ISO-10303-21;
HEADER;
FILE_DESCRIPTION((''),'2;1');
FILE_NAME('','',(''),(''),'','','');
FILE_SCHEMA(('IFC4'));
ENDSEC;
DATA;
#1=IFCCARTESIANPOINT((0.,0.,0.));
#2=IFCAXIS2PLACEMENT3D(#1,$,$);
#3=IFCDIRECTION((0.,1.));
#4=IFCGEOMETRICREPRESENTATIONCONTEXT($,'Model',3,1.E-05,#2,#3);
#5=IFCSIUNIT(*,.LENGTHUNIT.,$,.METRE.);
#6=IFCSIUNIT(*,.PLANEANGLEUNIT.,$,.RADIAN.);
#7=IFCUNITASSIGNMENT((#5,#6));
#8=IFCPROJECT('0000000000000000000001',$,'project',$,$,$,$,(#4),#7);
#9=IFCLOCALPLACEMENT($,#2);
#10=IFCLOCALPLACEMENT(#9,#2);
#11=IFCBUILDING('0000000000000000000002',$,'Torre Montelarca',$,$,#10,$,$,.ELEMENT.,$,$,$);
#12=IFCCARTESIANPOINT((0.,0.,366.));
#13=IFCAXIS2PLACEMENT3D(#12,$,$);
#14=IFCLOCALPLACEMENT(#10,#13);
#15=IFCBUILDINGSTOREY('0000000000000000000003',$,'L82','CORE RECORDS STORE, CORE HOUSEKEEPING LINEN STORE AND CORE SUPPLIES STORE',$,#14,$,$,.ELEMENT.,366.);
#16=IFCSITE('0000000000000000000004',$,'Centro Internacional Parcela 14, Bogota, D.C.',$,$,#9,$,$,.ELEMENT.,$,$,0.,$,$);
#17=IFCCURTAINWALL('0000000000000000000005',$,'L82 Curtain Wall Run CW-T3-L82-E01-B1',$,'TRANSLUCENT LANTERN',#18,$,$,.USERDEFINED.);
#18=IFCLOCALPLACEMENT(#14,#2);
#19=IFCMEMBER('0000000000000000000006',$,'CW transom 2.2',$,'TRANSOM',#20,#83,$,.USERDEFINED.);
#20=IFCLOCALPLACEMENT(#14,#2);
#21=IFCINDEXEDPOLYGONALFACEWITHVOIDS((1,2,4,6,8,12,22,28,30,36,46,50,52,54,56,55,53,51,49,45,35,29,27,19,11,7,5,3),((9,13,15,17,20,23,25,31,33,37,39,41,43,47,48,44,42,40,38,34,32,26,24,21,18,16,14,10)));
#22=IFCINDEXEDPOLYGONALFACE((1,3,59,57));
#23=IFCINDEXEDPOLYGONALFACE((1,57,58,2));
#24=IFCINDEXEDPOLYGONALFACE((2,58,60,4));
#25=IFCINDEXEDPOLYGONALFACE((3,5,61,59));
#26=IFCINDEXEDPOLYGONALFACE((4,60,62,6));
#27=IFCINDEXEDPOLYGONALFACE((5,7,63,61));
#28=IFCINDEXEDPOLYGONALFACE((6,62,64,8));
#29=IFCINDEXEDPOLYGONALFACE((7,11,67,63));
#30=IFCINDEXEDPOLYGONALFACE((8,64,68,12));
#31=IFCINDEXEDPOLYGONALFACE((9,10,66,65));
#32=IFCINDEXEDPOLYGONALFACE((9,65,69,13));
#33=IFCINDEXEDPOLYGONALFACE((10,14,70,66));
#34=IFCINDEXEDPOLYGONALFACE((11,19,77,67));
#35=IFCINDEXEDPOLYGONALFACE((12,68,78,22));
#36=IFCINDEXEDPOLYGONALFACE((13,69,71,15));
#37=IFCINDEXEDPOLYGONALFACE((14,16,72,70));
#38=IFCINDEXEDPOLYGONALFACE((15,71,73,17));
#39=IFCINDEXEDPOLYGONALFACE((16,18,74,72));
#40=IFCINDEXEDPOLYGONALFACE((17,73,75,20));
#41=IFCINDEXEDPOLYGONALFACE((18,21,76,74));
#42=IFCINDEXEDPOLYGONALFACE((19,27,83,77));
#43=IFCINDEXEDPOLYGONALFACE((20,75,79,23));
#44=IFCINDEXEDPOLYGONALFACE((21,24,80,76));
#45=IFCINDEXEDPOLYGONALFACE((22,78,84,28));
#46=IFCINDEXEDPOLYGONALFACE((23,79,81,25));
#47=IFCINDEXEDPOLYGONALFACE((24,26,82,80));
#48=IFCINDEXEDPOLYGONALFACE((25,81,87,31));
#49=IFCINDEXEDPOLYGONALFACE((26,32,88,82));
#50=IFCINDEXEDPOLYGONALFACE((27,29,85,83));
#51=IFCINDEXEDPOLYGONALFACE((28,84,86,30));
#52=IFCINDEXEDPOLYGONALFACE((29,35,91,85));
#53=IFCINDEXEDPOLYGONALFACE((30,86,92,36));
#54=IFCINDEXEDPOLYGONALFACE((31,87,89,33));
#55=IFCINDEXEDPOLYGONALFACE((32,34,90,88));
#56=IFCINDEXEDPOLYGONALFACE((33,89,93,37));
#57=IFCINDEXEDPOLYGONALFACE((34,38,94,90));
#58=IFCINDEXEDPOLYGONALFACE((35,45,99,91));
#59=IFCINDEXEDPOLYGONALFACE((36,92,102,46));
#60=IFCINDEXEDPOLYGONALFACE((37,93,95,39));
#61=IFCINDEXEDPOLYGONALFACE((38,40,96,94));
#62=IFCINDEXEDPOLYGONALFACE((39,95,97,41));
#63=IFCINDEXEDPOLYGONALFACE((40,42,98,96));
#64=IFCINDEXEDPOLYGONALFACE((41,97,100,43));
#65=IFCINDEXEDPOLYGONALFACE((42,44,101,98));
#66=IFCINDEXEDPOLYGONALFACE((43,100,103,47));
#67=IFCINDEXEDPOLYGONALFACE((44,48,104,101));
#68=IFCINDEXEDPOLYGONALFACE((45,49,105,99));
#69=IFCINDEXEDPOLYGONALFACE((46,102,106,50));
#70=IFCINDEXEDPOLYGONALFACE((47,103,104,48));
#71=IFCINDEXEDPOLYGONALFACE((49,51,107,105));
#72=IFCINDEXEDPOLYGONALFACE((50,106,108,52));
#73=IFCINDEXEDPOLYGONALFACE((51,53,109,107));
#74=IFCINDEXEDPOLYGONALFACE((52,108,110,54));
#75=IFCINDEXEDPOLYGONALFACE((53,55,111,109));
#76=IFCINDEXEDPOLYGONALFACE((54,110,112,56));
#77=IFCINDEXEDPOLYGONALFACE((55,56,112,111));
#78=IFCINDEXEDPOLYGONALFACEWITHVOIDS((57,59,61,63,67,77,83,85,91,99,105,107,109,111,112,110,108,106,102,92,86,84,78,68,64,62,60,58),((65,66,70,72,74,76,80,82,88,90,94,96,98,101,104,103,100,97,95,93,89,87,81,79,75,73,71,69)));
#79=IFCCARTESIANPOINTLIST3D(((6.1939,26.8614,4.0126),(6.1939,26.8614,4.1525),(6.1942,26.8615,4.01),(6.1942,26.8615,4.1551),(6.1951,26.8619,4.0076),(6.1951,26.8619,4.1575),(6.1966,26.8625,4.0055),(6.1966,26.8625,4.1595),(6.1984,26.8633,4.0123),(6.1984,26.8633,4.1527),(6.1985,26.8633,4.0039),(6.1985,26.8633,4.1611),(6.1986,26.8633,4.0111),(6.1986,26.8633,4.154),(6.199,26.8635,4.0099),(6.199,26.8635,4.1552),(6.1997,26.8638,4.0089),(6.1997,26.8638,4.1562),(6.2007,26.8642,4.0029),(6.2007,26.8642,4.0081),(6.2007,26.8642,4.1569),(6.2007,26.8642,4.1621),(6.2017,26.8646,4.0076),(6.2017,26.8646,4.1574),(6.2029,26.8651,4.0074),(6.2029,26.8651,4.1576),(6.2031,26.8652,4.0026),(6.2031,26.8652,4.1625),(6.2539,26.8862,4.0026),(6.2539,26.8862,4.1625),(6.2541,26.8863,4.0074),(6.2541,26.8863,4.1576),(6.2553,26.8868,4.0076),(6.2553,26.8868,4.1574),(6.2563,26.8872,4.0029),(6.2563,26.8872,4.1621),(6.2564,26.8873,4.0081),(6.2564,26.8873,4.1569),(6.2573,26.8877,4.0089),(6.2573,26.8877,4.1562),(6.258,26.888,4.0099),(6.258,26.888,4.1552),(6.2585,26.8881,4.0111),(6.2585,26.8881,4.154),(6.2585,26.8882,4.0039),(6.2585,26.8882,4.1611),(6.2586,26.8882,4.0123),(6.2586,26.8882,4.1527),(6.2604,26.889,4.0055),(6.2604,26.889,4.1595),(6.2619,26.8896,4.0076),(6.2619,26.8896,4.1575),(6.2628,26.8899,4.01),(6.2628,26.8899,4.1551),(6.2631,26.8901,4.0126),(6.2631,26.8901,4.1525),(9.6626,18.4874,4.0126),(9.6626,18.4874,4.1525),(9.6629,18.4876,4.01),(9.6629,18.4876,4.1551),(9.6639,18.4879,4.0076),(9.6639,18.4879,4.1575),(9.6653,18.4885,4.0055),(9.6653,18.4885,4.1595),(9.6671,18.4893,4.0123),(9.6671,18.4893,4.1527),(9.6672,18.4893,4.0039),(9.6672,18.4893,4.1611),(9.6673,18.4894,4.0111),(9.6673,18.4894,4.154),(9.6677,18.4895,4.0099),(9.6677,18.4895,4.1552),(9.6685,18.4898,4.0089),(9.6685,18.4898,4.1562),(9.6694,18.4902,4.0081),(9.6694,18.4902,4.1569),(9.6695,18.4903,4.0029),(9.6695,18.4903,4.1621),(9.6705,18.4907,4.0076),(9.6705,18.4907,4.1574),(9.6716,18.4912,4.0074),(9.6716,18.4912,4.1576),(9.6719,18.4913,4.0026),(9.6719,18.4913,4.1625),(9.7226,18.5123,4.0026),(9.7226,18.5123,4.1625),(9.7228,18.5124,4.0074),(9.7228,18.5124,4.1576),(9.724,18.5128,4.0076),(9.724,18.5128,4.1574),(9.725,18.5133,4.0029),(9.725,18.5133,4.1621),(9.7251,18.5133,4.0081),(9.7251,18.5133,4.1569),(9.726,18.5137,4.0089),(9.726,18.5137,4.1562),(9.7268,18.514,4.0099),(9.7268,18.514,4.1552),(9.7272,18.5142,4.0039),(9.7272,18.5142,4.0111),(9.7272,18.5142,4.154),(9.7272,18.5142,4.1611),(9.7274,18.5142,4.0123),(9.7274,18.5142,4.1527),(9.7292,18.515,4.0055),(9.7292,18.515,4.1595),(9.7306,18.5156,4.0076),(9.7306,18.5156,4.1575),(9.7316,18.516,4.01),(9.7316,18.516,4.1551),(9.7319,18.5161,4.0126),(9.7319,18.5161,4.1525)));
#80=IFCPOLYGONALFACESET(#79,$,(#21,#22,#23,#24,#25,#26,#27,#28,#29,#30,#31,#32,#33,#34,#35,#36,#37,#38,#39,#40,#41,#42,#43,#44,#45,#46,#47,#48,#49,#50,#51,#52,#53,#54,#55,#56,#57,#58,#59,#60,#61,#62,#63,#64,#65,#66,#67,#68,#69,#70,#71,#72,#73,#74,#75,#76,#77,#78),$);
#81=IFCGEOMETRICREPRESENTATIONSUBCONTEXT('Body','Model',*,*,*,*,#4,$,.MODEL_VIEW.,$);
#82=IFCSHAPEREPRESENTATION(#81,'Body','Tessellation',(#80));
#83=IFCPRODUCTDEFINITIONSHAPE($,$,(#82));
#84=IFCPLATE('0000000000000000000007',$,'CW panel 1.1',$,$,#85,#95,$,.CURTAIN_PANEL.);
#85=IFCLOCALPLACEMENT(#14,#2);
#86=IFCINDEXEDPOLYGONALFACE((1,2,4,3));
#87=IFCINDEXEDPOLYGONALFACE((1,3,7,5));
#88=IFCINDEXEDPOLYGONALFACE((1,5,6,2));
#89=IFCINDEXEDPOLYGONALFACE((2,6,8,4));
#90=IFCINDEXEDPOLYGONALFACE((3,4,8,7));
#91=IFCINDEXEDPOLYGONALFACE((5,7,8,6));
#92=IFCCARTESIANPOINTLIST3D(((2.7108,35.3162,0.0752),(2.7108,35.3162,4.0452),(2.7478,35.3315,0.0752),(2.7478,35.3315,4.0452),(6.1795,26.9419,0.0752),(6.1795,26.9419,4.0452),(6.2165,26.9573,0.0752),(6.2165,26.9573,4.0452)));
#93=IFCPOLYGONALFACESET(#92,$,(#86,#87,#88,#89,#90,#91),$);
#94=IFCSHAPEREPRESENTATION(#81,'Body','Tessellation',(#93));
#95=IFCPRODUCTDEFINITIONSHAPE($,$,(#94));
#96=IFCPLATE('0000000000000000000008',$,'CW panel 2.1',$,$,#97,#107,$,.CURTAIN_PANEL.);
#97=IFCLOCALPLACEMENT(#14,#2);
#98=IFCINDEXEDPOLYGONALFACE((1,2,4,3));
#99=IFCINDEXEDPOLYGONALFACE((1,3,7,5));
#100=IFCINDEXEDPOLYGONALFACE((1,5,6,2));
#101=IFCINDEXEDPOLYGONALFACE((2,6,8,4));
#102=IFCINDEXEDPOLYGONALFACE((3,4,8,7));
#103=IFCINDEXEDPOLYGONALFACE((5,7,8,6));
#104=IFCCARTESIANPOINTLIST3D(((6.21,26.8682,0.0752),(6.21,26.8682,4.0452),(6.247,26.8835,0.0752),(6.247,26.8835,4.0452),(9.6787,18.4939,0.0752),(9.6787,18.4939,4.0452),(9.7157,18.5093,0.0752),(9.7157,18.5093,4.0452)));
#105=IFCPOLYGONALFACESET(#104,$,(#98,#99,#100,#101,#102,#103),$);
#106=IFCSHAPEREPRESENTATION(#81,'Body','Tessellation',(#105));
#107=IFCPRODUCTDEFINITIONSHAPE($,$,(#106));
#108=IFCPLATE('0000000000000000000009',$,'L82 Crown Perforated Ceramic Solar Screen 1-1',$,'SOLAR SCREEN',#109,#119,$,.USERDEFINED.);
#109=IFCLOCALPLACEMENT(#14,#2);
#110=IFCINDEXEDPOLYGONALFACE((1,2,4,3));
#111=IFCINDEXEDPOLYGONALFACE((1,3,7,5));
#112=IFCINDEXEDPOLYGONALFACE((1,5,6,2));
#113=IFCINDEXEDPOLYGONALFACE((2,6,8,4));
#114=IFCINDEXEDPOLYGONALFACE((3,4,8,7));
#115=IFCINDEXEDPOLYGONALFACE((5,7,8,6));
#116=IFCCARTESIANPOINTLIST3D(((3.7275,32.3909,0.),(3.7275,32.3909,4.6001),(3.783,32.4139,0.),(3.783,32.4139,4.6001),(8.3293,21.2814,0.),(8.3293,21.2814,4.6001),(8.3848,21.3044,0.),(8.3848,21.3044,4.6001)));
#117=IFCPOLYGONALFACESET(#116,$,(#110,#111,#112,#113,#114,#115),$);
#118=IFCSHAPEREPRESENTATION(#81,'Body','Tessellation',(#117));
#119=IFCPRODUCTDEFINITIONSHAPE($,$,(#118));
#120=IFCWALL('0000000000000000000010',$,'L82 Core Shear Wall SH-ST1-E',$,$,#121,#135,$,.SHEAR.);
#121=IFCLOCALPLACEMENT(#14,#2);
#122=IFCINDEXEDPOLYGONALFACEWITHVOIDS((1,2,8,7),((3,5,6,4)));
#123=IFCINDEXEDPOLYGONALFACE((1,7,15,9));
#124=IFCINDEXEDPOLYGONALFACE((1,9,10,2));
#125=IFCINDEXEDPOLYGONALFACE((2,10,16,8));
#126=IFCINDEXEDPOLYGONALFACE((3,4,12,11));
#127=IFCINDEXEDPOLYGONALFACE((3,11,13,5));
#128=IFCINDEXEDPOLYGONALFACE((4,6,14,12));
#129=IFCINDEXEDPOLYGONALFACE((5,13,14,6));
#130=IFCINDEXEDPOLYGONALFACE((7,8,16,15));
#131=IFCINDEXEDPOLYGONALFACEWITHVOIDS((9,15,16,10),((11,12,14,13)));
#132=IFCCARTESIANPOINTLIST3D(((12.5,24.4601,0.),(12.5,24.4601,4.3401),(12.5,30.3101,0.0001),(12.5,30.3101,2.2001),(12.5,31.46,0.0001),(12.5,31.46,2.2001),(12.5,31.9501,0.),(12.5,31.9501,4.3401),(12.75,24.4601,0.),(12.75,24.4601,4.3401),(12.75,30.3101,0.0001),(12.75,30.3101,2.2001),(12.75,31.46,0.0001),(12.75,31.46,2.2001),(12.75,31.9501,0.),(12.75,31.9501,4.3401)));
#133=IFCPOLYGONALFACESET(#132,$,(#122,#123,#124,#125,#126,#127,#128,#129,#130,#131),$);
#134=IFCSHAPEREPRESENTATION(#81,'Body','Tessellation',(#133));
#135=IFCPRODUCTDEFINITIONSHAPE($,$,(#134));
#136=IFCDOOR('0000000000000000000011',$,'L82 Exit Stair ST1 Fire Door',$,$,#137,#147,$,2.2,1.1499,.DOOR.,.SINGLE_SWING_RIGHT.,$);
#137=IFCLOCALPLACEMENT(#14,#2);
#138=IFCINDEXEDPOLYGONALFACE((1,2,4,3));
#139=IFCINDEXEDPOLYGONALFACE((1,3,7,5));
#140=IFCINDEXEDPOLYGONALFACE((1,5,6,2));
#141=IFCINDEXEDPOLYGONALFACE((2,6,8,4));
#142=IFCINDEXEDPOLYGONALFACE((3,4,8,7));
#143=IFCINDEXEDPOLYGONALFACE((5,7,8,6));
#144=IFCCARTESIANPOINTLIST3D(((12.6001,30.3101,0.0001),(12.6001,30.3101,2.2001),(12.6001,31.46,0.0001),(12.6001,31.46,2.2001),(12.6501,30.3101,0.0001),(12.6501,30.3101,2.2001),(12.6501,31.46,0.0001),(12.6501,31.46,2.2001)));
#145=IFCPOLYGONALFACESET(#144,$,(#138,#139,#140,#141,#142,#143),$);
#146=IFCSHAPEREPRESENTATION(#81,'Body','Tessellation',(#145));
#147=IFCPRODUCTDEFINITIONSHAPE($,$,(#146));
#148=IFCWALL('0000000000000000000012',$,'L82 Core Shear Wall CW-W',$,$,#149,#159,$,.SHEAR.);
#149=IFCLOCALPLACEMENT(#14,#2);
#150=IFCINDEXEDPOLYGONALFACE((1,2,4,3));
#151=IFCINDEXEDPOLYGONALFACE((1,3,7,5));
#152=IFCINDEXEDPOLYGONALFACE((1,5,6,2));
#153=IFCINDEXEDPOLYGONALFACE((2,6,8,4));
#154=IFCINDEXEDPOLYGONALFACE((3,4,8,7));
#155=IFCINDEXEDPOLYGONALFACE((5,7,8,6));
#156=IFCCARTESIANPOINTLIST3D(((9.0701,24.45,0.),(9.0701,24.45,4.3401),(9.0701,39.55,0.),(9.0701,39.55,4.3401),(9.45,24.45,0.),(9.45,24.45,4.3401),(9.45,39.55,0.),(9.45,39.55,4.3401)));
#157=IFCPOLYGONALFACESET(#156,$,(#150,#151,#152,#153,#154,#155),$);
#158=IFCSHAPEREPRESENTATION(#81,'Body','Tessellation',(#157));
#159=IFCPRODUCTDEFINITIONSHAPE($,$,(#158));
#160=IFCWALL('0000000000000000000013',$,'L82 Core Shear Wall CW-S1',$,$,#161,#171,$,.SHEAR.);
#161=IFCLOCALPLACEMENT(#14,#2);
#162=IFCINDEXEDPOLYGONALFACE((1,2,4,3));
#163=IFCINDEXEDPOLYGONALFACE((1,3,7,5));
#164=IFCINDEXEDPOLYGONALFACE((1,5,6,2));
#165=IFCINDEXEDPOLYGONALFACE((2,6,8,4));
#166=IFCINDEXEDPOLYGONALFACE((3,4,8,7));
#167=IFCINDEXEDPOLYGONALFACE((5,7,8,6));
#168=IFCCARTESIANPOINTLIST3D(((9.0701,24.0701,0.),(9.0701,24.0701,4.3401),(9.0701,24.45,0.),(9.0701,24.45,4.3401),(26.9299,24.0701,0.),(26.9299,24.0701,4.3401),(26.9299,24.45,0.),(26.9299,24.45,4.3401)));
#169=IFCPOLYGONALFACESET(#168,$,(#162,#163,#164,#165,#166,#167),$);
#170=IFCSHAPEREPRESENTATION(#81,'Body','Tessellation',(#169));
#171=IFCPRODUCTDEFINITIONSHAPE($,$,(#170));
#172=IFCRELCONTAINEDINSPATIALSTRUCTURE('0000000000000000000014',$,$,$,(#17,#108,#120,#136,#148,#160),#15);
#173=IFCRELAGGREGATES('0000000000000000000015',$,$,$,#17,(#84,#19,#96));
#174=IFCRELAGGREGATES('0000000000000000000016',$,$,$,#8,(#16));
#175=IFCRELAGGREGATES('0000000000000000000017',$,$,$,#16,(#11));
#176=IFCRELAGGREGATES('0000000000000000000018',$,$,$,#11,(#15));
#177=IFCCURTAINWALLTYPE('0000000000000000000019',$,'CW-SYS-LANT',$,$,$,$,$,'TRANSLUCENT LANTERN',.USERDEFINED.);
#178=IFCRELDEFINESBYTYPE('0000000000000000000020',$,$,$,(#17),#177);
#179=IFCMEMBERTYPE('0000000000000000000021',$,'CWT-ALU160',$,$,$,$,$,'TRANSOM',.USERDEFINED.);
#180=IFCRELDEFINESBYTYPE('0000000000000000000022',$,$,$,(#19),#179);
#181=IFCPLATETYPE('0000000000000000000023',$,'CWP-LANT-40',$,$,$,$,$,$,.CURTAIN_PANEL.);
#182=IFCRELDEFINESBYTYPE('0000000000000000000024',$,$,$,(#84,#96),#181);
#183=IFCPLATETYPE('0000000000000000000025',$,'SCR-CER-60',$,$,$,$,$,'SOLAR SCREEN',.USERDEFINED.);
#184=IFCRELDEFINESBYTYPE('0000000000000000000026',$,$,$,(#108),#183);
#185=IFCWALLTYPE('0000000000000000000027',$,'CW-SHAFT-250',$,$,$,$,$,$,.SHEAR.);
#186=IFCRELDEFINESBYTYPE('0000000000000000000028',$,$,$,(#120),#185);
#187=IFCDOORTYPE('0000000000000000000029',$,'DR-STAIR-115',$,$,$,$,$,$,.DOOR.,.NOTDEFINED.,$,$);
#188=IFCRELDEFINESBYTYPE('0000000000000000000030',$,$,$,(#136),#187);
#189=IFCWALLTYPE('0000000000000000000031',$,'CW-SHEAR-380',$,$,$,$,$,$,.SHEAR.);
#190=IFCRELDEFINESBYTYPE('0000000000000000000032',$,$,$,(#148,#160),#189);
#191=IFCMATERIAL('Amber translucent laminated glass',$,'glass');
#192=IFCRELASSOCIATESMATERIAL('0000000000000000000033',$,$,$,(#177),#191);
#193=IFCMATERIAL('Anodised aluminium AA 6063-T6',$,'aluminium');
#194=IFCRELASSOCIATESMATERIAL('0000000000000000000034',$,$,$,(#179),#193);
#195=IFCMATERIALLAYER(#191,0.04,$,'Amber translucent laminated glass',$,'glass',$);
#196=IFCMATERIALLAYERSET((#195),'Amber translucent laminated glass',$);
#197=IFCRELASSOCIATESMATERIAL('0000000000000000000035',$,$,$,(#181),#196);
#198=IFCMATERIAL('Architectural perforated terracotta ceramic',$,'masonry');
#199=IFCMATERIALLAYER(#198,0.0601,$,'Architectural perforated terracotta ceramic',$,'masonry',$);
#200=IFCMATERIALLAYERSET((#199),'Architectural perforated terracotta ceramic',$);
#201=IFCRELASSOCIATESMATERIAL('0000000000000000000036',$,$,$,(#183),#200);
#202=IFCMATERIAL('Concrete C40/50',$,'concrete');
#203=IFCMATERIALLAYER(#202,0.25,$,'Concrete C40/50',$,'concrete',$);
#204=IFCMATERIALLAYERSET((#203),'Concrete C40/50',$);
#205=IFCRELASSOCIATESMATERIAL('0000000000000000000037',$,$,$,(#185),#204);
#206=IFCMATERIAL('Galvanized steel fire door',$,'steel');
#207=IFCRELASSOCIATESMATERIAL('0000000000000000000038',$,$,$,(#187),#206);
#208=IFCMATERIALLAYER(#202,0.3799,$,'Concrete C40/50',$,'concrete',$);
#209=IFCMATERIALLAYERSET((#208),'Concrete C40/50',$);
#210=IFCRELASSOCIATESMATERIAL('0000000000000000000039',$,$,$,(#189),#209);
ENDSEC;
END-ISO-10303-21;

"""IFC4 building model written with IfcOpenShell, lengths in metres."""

from ifc_helpers import new_model, si_unit, direction, frame, frame_2d, origin, origin_2d, place, context, subcontext, project, spatial, rectangle, hollow_rectangle, extrude, source, transform, mapped, material, layer, layer_set, material_profile, profile_set, type_object, element, fill, aggregate, save


model = new_model("IFC4")

# Units and contexts
model_context = context("Model", 3, precision=1e-05, world=origin(), true_north=direction((0.0, 1.0)))
body_context = subcontext(model_context, "Body", "Model", "MODEL_VIEW")
ifc_project = project(units=[si_unit("LENGTHUNIT", "METRE"), si_unit("PLANEANGLEUNIT", "RADIAN")], contexts=[model_context])

# Site, building, storey
site_placement = place(None, origin())
site = spatial("IfcSite", under=ifc_project, at=site_placement, Name="Centro Internacional Parcela 14, Bogota, D.C.", CompositionType="ELEMENT", RefElevation=0.0)
building_placement = place(site_placement, origin())
building = spatial("IfcBuilding", under=site, at=building_placement, Name="Torre Montelarca", CompositionType="ELEMENT")
storey_placement = place(building_placement, frame((0.0, 0.0, 366.0)))
storey = spatial("IfcBuildingStorey", under=building, at=storey_placement, Name="L82", Description="CORE RECORDS STORE, CORE HOUSEKEEPING LINEN STORE AND CORE SUPPLIES STORE", CompositionType="ELEMENT", Elevation=366.0)

# Curtain wall
ifc_material_1 = material(Name="Amber translucent laminated glass", Category="glass")
curtain_wall_type = type_object("IfcCurtainWallType", Name="CW-SYS-LANT", ElementType="TRANSLUCENT LANTERN", PredefinedType="USERDEFINED", material=ifc_material_1)
curtain_wall_1_placement = place(storey_placement, origin())
curtain_wall_1 = element("IfcCurtainWall", 1, at=curtain_wall_1_placement, inside=storey, type_object=curtain_wall_type, Name="L82 Curtain Wall Run CW-T3-L82-E01-B1", ObjectType="TRANSLUCENT LANTERN", PredefinedType="USERDEFINED")
ifc_material_2 = material(Name="Anodised aluminium AA 6063-T6", Category="aluminium")

# Member
ifc_material_profile_1 = material_profile(ifc_material_2, hollow_rectangle(XDim=0.075, YDim=0.1599, WallThickness=0.0049, InnerFilletRadius=0.0049, OuterFilletRadius=0.01, at=origin_2d()), Name="ALU75X160X5", Category="aluminium")
ifc_profile_set_1 = profile_set([ifc_material_profile_1], Name="Anodised aluminium AA 6063-T6")
member_type_1 = type_object("IfcMemberType", Name="CWT-ALU160", ElementType="TRANSOM", PredefinedType="USERDEFINED", material=ifc_profile_set_1)
shared_shape_1 = source(origin(), body_context, "Body", "SweptSolid", [
    extrude(hollow_rectangle(XDim=0.075, YDim=0.1599, WallThickness=0.0049, InnerFilletRadius=0.0049, OuterFilletRadius=0.01, at=origin_2d()), origin(), (0.0, 0.0, 1.0), 9.064),
])
member_1_placement = place(storey_placement, frame((6.2285, 26.8757, 4.0825), z_axis=(0.382694, -0.923875, 0.0), x_axis=(0.923875, 0.382694, 0.0)))
member_1 = element("IfcMember", 2, at=member_1_placement, type_object=member_type_1, Name="CW transom 2.2", ObjectType="TRANSOM", PredefinedType="USERDEFINED", context=body_context, shape_type="MappedRepresentation", body=[
    mapped(shared_shape_1, transform((0.0, 0.0, 0.0), scale=1.0)),
])

# Plates
ifc_layer_1 = layer(ifc_material_1, 0.04, Name="Amber translucent laminated glass", Category="glass")
ifc_layer_set_1 = layer_set([ifc_layer_1], Name="Amber translucent laminated glass")
plate_type_1 = type_object("IfcPlateType", Name="CWP-LANT-40", PredefinedType="CURTAIN_PANEL", material=ifc_layer_set_1)
shared_shape_2 = source(origin(), body_context, "Body", "SweptSolid", [
    extrude(rectangle(XDim=9.0642, YDim=0.04, at=origin_2d()), origin(), (0.0, 0.0, 1.0), 3.97),
])
plate_1_placement = place(storey_placement, frame((4.4636, 31.1367, 0.0752), z_axis=(0.0, 0.0, 1.0), x_axis=(0.382681, -0.92388, 0.0)))
plate_1 = element("IfcPlate", 3, at=plate_1_placement, type_object=plate_type_1, Name="CW panel 1.1", PredefinedType="CURTAIN_PANEL", context=body_context, shape_type="MappedRepresentation", body=[
    mapped(shared_shape_2, transform((0.0, 0.0, 0.0), scale=1.0)),
])
plate_2_placement = place(storey_placement, frame((7.9629, 22.6887, 0.0752), z_axis=(0.0, 0.0, 1.0), x_axis=(0.382681, -0.92388, 0.0)))
plate_2 = element("IfcPlate", 4, at=plate_2_placement, type_object=plate_type_1, Name="CW panel 2.1", PredefinedType="CURTAIN_PANEL", context=body_context, shape_type="MappedRepresentation", body=[
    mapped(shared_shape_2, transform((0.0, 0.0, 0.0), scale=1.0)),
])
aggregate(curtain_wall_1, [plate_1, member_1, plate_2])
ifc_material_3 = material(Name="Architectural perforated terracotta ceramic", Category="masonry")
ifc_layer_2 = layer(ifc_material_3, 0.0601, Name="Architectural perforated terracotta ceramic", Category="masonry")
ifc_layer_set_2 = layer_set([ifc_layer_2], Name="Architectural perforated terracotta ceramic")
plate_type_2 = type_object("IfcPlateType", Name="SCR-CER-60", ElementType="SOLAR SCREEN", PredefinedType="USERDEFINED", material=ifc_layer_set_2)
shared_shape_3 = source(origin(), body_context, "Body", "SweptSolid", [
    extrude(rectangle(XDim=12.0249, YDim=0.0601, at=origin_2d()), origin(), (0.0, 0.0, 1.0), 4.6001),
])
plate_3_placement = place(storey_placement, frame((6.0562, 26.8477, 0.0), z_axis=(0.0, 0.0, 1.0), x_axis=(0.382683, -0.92388, 0.0)))
element("IfcPlate", 5, at=plate_3_placement, inside=storey, type_object=plate_type_2, Name="L82 Crown Perforated Ceramic Solar Screen 1-1", ObjectType="SOLAR SCREEN", PredefinedType="USERDEFINED", context=body_context, shape_type="MappedRepresentation", body=[
    mapped(shared_shape_3, transform((0.0, 0.0, 0.0), scale=1.0)),
])

# Wall, opening, door
ifc_material_4 = material(Name="Concrete C40/50", Category="concrete")
ifc_layer_3 = layer(ifc_material_4, 0.25, Name="Concrete C40/50", Category="concrete")
ifc_layer_set_3 = layer_set([ifc_layer_3], Name="Concrete C40/50")
wall_type_1 = type_object("IfcWallType", Name="CW-SHAFT-250", PredefinedType="SHEAR", material=ifc_layer_set_3)
wall_1_placement = place(storey_placement, frame((12.625, 24.46, 0.0), z_axis=(0.0, 0.0, 1.0), x_axis=(0.0, 1.0, 0.0)))
wall_1 = element("IfcWall", 6, at=wall_1_placement, inside=storey, type_object=wall_type_1, Name="L82 Core Shear Wall SH-ST1-E", PredefinedType="SHEAR", context=body_context, shape_type="SweptSolid", body=[
    extrude(rectangle(XDim=7.49, YDim=0.25, at=frame_2d((3.7451, 0.0))), origin(), (0.0, 0.0, 1.0), 4.3401),
])
opening_1_placement = place(wall_1_placement, frame((5.8501, 0.0, 0.0)))
opening_1 = element("IfcOpeningElement", 7, at=opening_1_placement, cuts=wall_1, PredefinedType="OPENING", context=body_context, shape_type="SweptSolid", body=[
    extrude(rectangle(XDim=1.1499, YDim=2.2, at=frame_2d((0.575, 1.1001))), frame((0.0, 0.135, 0.0), z_axis=(0.0, -1.0, 0.0), x_axis=(1.0, 0.0, 0.0)), (0.0, 0.0, 1.0), 0.27),
])
ifc_material_5 = material(Name="Galvanized steel fire door", Category="steel")
door_type_1 = type_object("IfcDoorType", Name="DR-STAIR-115", OperationType="NOTDEFINED", PredefinedType="DOOR", material=ifc_material_5)
shared_shape_4 = source(origin(), body_context, "Body", "SweptSolid", [
    extrude(rectangle(XDim=1.1499, YDim=2.2, at=frame_2d((0.575, 1.1001))), frame((0.0, 0.0249, 0.0), z_axis=(0.0, -1.0, 0.0), x_axis=(1.0, 0.0, 0.0)), (0.0, 0.0, 1.0), 0.05),
])
door_1_placement = place(opening_1_placement, origin())
door_1 = element("IfcDoor", 8, at=door_1_placement, inside=storey, type_object=door_type_1, Name="L82 Exit Stair ST1 Fire Door", OperationType="SINGLE_SWING_RIGHT", OverallHeight=2.2, OverallWidth=1.1499, PredefinedType="DOOR", context=body_context, shape_type="MappedRepresentation", body=[
    mapped(shared_shape_4, transform((0.0, 0.0, 0.0), scale=1.0)),
])
fill(opening_1, door_1)

# Walls
ifc_layer_4 = layer(ifc_material_4, 0.3799, Name="Concrete C40/50", Category="concrete")
ifc_layer_set_4 = layer_set([ifc_layer_4], Name="Concrete C40/50")
wall_type_2 = type_object("IfcWallType", Name="CW-SHEAR-380", PredefinedType="SHEAR", material=ifc_layer_set_4)
wall_2_placement = place(storey_placement, frame((9.26, 24.45, 0.0), z_axis=(0.0, 0.0, 1.0), x_axis=(0.0, 1.0, 0.0)))
element("IfcWall", 9, at=wall_2_placement, inside=storey, type_object=wall_type_2, Name="L82 Core Shear Wall CW-W", PredefinedType="SHEAR", context=body_context, shape_type="SweptSolid", body=[
    extrude(rectangle(XDim=15.1001, YDim=0.3799, at=frame_2d((7.55, 0.0))), origin(), (0.0, 0.0, 1.0), 4.3401),
])
wall_3_placement = place(storey_placement, frame((9.0701, 24.26, 0.0), z_axis=(0.0, 0.0, 1.0), x_axis=(1.0, 0.0, 0.0)))
element("IfcWall", 10, at=wall_3_placement, inside=storey, type_object=wall_type_2, Name="L82 Core Shear Wall CW-S1", PredefinedType="SHEAR", context=body_context, shape_type="SweptSolid", body=[
    extrude(rectangle(XDim=17.8599, YDim=0.3799, at=frame_2d((8.9299, 0.0))), origin(), (0.0, 0.0, 1.0), 4.3401),
])

save(model, "model.ifc")
